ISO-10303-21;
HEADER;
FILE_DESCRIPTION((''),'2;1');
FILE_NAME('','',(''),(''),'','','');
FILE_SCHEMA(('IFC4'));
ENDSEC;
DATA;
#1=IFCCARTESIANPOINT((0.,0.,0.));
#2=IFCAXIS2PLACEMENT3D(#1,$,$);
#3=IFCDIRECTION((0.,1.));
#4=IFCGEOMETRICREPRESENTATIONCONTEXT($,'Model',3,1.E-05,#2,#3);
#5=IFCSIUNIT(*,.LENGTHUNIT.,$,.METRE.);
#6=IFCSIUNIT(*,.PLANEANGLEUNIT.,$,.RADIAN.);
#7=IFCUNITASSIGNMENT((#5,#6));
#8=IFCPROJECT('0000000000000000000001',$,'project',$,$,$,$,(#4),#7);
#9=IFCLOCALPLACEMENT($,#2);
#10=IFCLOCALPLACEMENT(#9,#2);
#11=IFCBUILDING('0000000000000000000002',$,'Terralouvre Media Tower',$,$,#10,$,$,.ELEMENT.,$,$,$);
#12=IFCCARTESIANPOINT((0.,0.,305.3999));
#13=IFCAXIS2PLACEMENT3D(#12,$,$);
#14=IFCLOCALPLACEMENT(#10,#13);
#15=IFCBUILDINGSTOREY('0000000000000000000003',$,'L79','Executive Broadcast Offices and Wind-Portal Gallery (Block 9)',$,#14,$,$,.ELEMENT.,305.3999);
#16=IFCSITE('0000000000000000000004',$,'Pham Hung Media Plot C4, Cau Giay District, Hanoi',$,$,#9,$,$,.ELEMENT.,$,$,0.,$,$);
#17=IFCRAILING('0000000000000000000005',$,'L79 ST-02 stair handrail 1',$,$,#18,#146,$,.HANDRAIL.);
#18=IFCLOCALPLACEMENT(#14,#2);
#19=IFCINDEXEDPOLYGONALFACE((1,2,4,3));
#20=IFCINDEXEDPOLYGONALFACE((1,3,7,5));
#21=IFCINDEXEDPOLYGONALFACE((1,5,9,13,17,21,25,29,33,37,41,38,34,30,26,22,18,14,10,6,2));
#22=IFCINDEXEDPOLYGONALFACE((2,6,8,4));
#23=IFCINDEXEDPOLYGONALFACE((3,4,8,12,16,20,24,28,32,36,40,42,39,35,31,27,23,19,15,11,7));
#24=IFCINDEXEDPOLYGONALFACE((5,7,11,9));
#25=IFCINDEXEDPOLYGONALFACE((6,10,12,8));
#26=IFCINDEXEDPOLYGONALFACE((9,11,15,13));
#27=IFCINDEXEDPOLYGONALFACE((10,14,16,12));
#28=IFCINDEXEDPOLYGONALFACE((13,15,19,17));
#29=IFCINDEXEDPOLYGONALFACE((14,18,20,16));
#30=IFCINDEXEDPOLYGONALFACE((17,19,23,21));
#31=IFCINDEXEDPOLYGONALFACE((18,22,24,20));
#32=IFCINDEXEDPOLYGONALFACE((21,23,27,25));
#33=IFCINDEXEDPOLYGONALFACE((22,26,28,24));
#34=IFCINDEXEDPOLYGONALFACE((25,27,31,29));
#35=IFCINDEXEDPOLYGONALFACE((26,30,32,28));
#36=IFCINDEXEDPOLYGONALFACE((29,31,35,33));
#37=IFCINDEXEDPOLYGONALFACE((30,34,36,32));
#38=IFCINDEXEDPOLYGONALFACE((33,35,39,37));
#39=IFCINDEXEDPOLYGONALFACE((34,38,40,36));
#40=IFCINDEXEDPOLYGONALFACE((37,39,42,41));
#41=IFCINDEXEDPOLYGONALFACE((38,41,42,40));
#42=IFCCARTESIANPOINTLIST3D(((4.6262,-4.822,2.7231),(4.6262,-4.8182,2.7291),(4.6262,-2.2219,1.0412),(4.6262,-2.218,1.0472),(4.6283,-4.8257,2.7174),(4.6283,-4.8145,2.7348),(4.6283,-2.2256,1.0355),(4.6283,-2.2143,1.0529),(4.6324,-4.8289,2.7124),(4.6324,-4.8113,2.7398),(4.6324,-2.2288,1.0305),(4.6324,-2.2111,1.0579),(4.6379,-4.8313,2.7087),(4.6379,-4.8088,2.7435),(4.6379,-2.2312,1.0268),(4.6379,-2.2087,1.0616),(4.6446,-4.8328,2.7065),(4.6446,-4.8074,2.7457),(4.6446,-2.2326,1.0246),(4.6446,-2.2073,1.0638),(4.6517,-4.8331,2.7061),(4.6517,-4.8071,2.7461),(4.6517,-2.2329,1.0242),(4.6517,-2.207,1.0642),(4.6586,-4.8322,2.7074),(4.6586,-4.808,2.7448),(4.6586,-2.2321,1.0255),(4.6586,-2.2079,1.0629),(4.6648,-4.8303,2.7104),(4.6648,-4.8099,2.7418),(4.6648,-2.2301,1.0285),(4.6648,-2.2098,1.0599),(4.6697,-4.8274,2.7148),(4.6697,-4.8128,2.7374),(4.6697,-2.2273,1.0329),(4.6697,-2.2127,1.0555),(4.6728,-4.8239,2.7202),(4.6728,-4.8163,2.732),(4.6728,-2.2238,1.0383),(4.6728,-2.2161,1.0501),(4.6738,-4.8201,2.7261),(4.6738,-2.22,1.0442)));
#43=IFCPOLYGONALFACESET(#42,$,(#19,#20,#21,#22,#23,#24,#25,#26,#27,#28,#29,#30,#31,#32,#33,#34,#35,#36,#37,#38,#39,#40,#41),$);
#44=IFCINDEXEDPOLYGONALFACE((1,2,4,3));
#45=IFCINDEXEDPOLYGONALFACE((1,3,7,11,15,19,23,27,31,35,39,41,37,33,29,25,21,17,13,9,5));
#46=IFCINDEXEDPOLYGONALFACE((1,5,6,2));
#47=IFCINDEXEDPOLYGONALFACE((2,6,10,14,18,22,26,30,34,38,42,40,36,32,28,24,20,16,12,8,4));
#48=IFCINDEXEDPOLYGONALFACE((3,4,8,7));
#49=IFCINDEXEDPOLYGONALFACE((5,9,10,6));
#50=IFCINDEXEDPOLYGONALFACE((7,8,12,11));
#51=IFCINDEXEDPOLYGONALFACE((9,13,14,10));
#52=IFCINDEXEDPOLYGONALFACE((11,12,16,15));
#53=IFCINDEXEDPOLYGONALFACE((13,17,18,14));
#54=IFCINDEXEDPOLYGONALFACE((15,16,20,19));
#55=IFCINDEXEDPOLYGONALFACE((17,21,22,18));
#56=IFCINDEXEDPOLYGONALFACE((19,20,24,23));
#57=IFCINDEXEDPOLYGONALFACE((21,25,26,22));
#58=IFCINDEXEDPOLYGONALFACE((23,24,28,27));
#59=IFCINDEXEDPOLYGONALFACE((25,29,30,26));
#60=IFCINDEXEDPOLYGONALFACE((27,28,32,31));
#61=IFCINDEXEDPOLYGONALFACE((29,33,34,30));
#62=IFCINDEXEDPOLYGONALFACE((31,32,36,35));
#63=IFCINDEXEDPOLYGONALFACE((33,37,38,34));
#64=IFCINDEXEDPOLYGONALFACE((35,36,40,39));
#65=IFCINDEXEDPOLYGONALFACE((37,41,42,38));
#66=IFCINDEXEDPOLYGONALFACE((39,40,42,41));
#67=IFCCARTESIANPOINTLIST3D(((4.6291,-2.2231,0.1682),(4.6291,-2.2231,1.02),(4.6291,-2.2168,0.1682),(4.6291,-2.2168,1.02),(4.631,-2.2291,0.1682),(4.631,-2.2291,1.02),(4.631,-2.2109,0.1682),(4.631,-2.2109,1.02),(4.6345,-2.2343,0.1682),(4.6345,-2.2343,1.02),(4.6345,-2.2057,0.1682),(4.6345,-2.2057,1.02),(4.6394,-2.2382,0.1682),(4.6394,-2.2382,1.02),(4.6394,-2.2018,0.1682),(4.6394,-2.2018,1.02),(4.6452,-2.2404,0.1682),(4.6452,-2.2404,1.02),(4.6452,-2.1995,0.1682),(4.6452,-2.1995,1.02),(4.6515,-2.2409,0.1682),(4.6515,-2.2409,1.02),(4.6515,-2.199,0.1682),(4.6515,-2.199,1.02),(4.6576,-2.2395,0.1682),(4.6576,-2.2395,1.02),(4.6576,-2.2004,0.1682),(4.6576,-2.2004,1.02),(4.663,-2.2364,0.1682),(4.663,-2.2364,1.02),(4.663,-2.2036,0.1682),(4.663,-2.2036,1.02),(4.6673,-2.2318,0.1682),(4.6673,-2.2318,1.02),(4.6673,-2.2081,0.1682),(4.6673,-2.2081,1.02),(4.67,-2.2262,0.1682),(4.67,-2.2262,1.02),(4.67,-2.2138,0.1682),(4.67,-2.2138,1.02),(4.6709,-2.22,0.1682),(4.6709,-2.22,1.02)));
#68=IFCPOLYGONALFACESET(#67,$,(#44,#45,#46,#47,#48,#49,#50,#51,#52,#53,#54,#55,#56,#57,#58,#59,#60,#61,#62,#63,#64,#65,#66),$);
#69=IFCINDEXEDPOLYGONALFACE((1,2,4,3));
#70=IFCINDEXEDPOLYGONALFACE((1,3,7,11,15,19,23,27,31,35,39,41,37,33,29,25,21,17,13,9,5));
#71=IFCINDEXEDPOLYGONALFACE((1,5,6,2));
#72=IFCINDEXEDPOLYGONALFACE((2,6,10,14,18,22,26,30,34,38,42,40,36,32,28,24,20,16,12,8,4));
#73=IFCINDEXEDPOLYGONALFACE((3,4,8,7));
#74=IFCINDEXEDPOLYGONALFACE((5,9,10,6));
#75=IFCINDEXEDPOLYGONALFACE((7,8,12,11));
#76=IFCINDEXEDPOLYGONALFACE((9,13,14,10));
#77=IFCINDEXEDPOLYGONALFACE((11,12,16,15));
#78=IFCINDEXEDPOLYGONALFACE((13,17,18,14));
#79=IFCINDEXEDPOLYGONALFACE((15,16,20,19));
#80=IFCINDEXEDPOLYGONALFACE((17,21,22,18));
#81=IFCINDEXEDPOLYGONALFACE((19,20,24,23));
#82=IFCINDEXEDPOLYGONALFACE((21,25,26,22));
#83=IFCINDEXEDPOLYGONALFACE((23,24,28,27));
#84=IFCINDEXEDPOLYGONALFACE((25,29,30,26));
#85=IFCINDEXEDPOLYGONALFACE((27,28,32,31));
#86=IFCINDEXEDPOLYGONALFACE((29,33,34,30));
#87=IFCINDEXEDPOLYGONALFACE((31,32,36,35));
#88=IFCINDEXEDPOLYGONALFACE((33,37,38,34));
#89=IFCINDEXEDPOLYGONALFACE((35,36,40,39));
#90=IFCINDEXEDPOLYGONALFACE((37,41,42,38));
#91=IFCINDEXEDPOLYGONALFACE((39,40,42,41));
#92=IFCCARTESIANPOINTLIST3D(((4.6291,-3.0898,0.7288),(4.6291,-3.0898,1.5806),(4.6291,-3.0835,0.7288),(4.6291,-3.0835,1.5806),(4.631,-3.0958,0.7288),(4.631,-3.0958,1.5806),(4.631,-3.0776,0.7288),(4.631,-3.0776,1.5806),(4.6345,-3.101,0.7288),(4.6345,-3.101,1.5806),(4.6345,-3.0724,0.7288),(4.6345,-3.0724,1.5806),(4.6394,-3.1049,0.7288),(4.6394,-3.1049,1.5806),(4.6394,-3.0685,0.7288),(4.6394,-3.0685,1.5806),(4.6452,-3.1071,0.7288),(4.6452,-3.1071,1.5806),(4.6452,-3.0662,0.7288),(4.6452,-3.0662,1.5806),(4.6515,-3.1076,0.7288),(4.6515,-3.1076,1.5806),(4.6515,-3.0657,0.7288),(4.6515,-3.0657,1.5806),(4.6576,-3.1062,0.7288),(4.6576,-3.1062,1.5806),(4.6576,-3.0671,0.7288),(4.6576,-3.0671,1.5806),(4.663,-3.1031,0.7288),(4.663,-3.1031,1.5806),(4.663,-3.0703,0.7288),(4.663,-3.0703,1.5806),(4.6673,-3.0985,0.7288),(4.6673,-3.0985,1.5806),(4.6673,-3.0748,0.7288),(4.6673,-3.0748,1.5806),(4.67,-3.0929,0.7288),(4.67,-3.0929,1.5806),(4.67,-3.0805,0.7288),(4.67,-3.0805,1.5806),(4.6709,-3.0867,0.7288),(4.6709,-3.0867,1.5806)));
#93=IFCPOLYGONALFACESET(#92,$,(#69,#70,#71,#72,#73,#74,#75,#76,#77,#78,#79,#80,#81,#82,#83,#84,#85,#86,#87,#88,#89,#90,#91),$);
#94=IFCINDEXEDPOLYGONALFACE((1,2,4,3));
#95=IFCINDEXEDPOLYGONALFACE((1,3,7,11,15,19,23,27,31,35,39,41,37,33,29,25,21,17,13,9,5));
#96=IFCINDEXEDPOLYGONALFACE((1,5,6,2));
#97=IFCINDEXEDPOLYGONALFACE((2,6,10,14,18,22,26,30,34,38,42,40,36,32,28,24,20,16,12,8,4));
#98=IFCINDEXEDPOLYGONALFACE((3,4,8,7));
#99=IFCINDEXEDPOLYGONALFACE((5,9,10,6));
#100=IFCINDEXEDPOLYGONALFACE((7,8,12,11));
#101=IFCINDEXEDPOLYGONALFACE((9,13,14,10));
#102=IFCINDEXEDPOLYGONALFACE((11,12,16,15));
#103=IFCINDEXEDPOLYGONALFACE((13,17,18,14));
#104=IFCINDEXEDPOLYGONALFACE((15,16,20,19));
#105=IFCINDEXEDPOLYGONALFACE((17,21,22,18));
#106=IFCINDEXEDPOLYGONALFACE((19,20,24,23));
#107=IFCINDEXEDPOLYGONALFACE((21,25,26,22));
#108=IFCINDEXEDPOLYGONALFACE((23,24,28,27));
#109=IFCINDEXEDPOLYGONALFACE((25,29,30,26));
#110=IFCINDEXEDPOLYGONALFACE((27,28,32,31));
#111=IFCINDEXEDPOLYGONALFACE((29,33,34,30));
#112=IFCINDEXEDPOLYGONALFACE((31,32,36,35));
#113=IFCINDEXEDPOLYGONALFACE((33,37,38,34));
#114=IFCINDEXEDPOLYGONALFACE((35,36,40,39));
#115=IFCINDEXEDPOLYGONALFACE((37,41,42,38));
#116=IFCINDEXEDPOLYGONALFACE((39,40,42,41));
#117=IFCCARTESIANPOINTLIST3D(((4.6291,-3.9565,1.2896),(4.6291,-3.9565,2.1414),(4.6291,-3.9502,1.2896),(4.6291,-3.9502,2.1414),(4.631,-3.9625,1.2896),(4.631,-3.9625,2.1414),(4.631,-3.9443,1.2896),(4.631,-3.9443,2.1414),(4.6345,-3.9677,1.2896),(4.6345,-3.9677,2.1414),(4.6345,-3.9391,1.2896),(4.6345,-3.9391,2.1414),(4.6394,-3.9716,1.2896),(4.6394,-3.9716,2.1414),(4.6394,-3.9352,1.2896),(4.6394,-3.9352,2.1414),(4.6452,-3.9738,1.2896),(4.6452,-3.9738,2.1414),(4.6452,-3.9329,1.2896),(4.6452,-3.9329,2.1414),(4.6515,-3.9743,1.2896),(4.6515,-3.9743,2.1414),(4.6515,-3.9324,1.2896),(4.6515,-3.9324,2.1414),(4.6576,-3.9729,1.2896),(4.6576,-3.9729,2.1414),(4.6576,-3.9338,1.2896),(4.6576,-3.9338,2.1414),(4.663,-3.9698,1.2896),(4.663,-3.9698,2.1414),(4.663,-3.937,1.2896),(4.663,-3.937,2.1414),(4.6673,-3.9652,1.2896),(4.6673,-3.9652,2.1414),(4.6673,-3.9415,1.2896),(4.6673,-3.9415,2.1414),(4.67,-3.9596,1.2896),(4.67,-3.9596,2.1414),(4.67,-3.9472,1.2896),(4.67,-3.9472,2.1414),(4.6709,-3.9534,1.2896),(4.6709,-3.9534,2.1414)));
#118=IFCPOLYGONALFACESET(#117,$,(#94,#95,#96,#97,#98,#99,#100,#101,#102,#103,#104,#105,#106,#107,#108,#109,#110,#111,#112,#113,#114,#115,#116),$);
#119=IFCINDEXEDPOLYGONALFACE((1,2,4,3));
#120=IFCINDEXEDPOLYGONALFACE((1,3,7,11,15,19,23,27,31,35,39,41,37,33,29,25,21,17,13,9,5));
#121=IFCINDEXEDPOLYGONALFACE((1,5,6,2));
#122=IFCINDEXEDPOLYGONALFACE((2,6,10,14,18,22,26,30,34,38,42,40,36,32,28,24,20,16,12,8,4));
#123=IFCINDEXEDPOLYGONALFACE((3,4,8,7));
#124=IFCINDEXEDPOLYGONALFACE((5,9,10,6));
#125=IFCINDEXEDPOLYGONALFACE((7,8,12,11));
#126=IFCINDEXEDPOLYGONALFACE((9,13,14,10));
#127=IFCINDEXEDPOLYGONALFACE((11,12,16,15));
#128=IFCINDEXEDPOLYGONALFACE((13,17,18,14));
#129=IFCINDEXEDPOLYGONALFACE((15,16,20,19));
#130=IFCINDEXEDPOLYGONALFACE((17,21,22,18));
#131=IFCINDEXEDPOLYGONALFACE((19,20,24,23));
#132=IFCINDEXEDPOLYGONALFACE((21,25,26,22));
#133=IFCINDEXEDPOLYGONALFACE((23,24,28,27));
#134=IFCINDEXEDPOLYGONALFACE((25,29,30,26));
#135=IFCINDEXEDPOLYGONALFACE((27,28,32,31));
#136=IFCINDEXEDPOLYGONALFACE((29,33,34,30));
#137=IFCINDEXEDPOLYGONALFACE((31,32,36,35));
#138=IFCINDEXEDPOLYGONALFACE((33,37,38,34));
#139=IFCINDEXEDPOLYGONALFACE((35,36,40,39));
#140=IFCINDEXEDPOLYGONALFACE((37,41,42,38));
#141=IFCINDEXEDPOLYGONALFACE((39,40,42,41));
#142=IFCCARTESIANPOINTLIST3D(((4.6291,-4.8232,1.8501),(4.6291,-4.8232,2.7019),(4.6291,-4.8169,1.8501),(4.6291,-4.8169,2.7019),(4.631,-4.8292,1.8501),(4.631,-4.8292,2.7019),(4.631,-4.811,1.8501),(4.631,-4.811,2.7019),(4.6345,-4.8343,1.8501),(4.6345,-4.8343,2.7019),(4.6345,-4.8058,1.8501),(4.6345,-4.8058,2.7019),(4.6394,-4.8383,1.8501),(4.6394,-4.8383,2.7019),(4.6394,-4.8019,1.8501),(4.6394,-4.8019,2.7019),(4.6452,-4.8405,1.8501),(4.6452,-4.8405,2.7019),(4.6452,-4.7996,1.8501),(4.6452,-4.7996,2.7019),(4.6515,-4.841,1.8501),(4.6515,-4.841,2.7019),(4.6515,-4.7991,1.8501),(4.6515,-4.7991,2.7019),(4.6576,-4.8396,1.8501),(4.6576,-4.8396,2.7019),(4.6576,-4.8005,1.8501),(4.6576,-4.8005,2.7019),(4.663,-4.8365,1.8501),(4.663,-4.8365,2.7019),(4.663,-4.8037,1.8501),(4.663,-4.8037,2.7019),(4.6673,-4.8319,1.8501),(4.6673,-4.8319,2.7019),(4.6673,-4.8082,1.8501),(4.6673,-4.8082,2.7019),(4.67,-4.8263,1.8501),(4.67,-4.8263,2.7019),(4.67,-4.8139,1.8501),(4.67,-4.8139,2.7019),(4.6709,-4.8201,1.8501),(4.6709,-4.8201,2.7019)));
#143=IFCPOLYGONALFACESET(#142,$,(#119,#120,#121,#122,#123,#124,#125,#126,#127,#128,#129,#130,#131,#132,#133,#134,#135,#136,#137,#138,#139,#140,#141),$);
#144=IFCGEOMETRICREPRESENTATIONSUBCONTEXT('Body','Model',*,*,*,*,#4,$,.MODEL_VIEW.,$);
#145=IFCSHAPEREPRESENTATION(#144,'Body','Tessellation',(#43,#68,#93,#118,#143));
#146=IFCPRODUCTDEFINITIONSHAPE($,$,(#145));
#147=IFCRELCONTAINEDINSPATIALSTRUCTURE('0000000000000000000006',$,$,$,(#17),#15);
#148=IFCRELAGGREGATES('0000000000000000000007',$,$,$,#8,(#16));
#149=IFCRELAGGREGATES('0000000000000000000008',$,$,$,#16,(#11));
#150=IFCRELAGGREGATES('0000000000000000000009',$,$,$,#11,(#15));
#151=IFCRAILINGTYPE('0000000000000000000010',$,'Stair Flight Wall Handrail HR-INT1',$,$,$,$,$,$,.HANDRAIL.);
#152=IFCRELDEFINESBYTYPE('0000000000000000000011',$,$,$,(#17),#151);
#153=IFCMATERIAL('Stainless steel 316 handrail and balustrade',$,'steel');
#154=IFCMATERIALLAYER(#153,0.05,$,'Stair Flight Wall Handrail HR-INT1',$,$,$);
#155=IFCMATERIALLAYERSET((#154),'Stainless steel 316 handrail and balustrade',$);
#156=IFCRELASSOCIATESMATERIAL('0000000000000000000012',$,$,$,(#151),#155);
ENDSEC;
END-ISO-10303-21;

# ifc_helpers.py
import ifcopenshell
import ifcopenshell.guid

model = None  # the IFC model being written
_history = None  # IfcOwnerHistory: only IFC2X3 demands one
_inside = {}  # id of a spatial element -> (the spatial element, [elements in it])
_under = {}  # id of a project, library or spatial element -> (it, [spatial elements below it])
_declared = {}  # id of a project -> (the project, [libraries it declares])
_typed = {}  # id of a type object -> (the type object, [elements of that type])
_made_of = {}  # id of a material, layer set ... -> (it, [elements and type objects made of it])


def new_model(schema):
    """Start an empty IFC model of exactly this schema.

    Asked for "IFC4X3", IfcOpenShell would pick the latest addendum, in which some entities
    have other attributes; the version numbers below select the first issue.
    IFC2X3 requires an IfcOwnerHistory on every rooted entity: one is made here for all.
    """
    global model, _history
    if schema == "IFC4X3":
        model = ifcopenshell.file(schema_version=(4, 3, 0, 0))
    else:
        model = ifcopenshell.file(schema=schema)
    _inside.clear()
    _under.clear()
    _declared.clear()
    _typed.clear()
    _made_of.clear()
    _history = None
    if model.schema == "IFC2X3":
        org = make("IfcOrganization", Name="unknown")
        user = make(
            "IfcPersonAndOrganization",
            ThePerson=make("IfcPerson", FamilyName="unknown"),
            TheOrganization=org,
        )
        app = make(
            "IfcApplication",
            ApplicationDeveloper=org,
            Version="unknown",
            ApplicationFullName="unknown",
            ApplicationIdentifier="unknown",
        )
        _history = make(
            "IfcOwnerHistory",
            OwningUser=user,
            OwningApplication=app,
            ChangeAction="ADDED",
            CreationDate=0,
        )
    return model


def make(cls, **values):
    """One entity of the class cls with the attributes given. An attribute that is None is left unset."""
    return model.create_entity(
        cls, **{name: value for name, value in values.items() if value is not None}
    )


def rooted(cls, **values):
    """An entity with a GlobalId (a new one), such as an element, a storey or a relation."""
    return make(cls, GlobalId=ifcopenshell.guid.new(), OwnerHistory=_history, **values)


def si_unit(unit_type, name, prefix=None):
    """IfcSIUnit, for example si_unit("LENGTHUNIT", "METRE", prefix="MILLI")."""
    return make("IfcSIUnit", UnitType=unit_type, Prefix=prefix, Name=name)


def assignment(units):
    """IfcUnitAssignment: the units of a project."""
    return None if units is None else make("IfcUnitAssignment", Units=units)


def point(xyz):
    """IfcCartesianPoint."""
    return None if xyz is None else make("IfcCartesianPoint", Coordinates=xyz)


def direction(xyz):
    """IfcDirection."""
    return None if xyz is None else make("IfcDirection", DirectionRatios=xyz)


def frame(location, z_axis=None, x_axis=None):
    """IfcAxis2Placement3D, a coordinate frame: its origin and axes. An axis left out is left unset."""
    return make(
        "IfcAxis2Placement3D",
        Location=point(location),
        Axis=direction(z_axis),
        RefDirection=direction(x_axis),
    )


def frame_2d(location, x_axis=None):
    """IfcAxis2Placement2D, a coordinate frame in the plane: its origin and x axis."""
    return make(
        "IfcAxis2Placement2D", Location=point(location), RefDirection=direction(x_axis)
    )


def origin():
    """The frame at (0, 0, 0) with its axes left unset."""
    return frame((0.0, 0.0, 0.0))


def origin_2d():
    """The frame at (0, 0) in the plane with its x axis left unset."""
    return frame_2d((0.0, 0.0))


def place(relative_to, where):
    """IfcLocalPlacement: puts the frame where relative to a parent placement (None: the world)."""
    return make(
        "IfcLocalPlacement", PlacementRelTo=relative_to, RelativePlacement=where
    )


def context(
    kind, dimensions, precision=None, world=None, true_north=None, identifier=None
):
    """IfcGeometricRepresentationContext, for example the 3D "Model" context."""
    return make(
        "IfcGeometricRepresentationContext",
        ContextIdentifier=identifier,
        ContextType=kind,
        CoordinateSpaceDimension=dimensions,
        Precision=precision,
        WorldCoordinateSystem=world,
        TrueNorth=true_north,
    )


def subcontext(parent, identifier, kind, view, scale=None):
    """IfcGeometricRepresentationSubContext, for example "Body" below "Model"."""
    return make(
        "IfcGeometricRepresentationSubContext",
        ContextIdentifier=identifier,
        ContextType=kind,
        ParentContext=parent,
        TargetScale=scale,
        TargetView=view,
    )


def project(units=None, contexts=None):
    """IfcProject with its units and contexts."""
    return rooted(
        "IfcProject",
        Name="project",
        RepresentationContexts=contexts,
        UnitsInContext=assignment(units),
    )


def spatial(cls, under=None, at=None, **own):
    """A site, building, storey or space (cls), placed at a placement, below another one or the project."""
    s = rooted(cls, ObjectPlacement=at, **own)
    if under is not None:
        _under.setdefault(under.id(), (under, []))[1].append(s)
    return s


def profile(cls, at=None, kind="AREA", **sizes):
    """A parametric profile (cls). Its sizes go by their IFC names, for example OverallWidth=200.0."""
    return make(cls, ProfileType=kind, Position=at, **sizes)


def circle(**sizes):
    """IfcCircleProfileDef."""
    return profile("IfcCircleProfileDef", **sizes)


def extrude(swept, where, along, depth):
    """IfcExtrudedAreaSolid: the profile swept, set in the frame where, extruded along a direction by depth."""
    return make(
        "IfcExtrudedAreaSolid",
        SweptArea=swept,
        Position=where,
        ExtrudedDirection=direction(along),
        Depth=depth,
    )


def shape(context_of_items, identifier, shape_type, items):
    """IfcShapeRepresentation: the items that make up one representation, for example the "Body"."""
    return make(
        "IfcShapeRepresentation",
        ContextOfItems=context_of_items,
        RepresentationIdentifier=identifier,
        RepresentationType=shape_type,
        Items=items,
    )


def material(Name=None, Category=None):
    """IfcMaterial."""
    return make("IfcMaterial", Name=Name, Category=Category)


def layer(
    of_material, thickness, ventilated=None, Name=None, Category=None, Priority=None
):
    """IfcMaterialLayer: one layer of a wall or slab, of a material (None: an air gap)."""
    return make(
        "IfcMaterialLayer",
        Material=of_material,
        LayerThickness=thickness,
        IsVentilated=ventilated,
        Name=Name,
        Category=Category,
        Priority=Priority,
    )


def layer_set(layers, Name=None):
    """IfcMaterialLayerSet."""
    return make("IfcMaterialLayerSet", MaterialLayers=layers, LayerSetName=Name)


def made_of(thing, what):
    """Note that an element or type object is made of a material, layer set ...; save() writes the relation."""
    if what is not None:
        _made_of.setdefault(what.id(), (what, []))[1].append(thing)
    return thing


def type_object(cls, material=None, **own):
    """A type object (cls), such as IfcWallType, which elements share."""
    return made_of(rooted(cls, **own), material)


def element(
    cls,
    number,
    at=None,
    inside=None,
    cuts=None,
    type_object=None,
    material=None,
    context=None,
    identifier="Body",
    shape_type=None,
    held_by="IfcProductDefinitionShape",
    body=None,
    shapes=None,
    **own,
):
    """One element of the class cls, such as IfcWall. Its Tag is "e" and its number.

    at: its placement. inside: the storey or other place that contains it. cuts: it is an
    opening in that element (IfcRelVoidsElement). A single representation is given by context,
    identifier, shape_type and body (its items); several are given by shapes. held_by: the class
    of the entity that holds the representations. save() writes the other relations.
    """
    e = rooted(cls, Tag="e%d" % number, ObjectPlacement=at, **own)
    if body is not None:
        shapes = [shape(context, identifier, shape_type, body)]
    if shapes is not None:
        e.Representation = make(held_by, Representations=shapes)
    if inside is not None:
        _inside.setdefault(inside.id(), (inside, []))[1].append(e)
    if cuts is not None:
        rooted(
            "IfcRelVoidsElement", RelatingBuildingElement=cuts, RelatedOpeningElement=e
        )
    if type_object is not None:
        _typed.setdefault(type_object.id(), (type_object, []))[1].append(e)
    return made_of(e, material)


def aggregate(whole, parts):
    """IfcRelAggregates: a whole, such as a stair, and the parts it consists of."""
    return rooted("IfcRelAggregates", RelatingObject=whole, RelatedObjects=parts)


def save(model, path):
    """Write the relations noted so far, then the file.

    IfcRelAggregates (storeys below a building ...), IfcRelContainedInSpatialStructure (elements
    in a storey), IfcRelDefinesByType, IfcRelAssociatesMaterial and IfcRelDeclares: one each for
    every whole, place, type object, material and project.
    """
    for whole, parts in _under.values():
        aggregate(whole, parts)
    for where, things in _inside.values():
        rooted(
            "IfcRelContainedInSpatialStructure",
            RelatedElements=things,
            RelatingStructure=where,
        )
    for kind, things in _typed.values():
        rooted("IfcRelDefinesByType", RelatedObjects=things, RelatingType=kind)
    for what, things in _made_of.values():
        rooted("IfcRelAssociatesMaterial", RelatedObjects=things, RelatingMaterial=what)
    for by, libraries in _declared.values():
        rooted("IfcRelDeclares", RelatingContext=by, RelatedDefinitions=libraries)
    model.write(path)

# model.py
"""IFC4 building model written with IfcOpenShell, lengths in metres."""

from ifc_helpers import new_model, si_unit, direction, frame, origin, origin_2d, place, context, subcontext, project, spatial, circle, extrude, material, layer, layer_set, type_object, element, save


model = new_model("IFC4")

# Units and contexts
model_context = context("Model", 3, precision=1e-05, world=origin(), true_north=direction((0.0, 1.0)))
body_context = subcontext(model_context, "Body", "Model", "MODEL_VIEW")
ifc_project = project(units=[si_unit("LENGTHUNIT", "METRE"), si_unit("PLANEANGLEUNIT", "RADIAN")], contexts=[model_context])

# Site, building, storey
site_placement = place(None, origin())
site = spatial("IfcSite", under=ifc_project, at=site_placement, Name="Pham Hung Media Plot C4, Cau Giay District, Hanoi", CompositionType="ELEMENT", RefElevation=0.0)
building_placement = place(site_placement, origin())
building = spatial("IfcBuilding", under=site, at=building_placement, Name="Terralouvre Media Tower", CompositionType="ELEMENT")
storey_placement = place(building_placement, frame((0.0, 0.0, 305.3999)))
storey = spatial("IfcBuildingStorey", under=building, at=storey_placement, Name="L79", Description="Executive Broadcast Offices and Wind-Portal Gallery (Block 9)", CompositionType="ELEMENT", Elevation=305.3999)

# Railing
ifc_material_1 = material(Name="Stainless steel 316 handrail and balustrade", Category="steel")
ifc_layer_1 = layer(ifc_material_1, 0.05, Name="Stair Flight Wall Handrail HR-INT1")
ifc_layer_set_1 = layer_set([ifc_layer_1], Name="Stainless steel 316 handrail and balustrade")
railing_type_1 = type_object("IfcRailingType", Name="Stair Flight Wall Handrail HR-INT1", PredefinedType="HANDRAIL", material=ifc_layer_set_1)
railing_1_placement = place(storey_placement, frame((4.6499, -2.22, 0.1682)))
element("IfcRailing", 1, at=railing_1_placement, inside=storey, type_object=railing_type_1, Name="L79 ST-02 stair handrail 1", PredefinedType="HANDRAIL", context=body_context, shape_type="SweptSolid", body=[
    extrude(circle(Radius=0.0239, at=origin_2d()), frame((0.0, 0.0, 0.876), z_axis=(0.0, -0.839648, 0.54313), x_axis=(1.0, 0.0, 0.0)), (0.0, 0.0, 1.0), 3.0967),
    extrude(circle(Radius=0.021, at=origin_2d()), origin(), (0.0, 0.0, 1.0), 0.8518),
    extrude(circle(Radius=0.021, at=origin_2d()), frame((0.0, -0.8667, 0.5605)), (0.0, 0.0, 1.0), 0.8518),
    extrude(circle(Radius=0.021, at=origin_2d()), frame((0.0, -1.7334, 1.1213)), (0.0, 0.0, 1.0), 0.8518),
    extrude(circle(Radius=0.021, at=origin_2d()), frame((0.0, -2.6001, 1.6819)), (0.0, 0.0, 1.0), 0.8518),
])

save(model, "model.ifc")
